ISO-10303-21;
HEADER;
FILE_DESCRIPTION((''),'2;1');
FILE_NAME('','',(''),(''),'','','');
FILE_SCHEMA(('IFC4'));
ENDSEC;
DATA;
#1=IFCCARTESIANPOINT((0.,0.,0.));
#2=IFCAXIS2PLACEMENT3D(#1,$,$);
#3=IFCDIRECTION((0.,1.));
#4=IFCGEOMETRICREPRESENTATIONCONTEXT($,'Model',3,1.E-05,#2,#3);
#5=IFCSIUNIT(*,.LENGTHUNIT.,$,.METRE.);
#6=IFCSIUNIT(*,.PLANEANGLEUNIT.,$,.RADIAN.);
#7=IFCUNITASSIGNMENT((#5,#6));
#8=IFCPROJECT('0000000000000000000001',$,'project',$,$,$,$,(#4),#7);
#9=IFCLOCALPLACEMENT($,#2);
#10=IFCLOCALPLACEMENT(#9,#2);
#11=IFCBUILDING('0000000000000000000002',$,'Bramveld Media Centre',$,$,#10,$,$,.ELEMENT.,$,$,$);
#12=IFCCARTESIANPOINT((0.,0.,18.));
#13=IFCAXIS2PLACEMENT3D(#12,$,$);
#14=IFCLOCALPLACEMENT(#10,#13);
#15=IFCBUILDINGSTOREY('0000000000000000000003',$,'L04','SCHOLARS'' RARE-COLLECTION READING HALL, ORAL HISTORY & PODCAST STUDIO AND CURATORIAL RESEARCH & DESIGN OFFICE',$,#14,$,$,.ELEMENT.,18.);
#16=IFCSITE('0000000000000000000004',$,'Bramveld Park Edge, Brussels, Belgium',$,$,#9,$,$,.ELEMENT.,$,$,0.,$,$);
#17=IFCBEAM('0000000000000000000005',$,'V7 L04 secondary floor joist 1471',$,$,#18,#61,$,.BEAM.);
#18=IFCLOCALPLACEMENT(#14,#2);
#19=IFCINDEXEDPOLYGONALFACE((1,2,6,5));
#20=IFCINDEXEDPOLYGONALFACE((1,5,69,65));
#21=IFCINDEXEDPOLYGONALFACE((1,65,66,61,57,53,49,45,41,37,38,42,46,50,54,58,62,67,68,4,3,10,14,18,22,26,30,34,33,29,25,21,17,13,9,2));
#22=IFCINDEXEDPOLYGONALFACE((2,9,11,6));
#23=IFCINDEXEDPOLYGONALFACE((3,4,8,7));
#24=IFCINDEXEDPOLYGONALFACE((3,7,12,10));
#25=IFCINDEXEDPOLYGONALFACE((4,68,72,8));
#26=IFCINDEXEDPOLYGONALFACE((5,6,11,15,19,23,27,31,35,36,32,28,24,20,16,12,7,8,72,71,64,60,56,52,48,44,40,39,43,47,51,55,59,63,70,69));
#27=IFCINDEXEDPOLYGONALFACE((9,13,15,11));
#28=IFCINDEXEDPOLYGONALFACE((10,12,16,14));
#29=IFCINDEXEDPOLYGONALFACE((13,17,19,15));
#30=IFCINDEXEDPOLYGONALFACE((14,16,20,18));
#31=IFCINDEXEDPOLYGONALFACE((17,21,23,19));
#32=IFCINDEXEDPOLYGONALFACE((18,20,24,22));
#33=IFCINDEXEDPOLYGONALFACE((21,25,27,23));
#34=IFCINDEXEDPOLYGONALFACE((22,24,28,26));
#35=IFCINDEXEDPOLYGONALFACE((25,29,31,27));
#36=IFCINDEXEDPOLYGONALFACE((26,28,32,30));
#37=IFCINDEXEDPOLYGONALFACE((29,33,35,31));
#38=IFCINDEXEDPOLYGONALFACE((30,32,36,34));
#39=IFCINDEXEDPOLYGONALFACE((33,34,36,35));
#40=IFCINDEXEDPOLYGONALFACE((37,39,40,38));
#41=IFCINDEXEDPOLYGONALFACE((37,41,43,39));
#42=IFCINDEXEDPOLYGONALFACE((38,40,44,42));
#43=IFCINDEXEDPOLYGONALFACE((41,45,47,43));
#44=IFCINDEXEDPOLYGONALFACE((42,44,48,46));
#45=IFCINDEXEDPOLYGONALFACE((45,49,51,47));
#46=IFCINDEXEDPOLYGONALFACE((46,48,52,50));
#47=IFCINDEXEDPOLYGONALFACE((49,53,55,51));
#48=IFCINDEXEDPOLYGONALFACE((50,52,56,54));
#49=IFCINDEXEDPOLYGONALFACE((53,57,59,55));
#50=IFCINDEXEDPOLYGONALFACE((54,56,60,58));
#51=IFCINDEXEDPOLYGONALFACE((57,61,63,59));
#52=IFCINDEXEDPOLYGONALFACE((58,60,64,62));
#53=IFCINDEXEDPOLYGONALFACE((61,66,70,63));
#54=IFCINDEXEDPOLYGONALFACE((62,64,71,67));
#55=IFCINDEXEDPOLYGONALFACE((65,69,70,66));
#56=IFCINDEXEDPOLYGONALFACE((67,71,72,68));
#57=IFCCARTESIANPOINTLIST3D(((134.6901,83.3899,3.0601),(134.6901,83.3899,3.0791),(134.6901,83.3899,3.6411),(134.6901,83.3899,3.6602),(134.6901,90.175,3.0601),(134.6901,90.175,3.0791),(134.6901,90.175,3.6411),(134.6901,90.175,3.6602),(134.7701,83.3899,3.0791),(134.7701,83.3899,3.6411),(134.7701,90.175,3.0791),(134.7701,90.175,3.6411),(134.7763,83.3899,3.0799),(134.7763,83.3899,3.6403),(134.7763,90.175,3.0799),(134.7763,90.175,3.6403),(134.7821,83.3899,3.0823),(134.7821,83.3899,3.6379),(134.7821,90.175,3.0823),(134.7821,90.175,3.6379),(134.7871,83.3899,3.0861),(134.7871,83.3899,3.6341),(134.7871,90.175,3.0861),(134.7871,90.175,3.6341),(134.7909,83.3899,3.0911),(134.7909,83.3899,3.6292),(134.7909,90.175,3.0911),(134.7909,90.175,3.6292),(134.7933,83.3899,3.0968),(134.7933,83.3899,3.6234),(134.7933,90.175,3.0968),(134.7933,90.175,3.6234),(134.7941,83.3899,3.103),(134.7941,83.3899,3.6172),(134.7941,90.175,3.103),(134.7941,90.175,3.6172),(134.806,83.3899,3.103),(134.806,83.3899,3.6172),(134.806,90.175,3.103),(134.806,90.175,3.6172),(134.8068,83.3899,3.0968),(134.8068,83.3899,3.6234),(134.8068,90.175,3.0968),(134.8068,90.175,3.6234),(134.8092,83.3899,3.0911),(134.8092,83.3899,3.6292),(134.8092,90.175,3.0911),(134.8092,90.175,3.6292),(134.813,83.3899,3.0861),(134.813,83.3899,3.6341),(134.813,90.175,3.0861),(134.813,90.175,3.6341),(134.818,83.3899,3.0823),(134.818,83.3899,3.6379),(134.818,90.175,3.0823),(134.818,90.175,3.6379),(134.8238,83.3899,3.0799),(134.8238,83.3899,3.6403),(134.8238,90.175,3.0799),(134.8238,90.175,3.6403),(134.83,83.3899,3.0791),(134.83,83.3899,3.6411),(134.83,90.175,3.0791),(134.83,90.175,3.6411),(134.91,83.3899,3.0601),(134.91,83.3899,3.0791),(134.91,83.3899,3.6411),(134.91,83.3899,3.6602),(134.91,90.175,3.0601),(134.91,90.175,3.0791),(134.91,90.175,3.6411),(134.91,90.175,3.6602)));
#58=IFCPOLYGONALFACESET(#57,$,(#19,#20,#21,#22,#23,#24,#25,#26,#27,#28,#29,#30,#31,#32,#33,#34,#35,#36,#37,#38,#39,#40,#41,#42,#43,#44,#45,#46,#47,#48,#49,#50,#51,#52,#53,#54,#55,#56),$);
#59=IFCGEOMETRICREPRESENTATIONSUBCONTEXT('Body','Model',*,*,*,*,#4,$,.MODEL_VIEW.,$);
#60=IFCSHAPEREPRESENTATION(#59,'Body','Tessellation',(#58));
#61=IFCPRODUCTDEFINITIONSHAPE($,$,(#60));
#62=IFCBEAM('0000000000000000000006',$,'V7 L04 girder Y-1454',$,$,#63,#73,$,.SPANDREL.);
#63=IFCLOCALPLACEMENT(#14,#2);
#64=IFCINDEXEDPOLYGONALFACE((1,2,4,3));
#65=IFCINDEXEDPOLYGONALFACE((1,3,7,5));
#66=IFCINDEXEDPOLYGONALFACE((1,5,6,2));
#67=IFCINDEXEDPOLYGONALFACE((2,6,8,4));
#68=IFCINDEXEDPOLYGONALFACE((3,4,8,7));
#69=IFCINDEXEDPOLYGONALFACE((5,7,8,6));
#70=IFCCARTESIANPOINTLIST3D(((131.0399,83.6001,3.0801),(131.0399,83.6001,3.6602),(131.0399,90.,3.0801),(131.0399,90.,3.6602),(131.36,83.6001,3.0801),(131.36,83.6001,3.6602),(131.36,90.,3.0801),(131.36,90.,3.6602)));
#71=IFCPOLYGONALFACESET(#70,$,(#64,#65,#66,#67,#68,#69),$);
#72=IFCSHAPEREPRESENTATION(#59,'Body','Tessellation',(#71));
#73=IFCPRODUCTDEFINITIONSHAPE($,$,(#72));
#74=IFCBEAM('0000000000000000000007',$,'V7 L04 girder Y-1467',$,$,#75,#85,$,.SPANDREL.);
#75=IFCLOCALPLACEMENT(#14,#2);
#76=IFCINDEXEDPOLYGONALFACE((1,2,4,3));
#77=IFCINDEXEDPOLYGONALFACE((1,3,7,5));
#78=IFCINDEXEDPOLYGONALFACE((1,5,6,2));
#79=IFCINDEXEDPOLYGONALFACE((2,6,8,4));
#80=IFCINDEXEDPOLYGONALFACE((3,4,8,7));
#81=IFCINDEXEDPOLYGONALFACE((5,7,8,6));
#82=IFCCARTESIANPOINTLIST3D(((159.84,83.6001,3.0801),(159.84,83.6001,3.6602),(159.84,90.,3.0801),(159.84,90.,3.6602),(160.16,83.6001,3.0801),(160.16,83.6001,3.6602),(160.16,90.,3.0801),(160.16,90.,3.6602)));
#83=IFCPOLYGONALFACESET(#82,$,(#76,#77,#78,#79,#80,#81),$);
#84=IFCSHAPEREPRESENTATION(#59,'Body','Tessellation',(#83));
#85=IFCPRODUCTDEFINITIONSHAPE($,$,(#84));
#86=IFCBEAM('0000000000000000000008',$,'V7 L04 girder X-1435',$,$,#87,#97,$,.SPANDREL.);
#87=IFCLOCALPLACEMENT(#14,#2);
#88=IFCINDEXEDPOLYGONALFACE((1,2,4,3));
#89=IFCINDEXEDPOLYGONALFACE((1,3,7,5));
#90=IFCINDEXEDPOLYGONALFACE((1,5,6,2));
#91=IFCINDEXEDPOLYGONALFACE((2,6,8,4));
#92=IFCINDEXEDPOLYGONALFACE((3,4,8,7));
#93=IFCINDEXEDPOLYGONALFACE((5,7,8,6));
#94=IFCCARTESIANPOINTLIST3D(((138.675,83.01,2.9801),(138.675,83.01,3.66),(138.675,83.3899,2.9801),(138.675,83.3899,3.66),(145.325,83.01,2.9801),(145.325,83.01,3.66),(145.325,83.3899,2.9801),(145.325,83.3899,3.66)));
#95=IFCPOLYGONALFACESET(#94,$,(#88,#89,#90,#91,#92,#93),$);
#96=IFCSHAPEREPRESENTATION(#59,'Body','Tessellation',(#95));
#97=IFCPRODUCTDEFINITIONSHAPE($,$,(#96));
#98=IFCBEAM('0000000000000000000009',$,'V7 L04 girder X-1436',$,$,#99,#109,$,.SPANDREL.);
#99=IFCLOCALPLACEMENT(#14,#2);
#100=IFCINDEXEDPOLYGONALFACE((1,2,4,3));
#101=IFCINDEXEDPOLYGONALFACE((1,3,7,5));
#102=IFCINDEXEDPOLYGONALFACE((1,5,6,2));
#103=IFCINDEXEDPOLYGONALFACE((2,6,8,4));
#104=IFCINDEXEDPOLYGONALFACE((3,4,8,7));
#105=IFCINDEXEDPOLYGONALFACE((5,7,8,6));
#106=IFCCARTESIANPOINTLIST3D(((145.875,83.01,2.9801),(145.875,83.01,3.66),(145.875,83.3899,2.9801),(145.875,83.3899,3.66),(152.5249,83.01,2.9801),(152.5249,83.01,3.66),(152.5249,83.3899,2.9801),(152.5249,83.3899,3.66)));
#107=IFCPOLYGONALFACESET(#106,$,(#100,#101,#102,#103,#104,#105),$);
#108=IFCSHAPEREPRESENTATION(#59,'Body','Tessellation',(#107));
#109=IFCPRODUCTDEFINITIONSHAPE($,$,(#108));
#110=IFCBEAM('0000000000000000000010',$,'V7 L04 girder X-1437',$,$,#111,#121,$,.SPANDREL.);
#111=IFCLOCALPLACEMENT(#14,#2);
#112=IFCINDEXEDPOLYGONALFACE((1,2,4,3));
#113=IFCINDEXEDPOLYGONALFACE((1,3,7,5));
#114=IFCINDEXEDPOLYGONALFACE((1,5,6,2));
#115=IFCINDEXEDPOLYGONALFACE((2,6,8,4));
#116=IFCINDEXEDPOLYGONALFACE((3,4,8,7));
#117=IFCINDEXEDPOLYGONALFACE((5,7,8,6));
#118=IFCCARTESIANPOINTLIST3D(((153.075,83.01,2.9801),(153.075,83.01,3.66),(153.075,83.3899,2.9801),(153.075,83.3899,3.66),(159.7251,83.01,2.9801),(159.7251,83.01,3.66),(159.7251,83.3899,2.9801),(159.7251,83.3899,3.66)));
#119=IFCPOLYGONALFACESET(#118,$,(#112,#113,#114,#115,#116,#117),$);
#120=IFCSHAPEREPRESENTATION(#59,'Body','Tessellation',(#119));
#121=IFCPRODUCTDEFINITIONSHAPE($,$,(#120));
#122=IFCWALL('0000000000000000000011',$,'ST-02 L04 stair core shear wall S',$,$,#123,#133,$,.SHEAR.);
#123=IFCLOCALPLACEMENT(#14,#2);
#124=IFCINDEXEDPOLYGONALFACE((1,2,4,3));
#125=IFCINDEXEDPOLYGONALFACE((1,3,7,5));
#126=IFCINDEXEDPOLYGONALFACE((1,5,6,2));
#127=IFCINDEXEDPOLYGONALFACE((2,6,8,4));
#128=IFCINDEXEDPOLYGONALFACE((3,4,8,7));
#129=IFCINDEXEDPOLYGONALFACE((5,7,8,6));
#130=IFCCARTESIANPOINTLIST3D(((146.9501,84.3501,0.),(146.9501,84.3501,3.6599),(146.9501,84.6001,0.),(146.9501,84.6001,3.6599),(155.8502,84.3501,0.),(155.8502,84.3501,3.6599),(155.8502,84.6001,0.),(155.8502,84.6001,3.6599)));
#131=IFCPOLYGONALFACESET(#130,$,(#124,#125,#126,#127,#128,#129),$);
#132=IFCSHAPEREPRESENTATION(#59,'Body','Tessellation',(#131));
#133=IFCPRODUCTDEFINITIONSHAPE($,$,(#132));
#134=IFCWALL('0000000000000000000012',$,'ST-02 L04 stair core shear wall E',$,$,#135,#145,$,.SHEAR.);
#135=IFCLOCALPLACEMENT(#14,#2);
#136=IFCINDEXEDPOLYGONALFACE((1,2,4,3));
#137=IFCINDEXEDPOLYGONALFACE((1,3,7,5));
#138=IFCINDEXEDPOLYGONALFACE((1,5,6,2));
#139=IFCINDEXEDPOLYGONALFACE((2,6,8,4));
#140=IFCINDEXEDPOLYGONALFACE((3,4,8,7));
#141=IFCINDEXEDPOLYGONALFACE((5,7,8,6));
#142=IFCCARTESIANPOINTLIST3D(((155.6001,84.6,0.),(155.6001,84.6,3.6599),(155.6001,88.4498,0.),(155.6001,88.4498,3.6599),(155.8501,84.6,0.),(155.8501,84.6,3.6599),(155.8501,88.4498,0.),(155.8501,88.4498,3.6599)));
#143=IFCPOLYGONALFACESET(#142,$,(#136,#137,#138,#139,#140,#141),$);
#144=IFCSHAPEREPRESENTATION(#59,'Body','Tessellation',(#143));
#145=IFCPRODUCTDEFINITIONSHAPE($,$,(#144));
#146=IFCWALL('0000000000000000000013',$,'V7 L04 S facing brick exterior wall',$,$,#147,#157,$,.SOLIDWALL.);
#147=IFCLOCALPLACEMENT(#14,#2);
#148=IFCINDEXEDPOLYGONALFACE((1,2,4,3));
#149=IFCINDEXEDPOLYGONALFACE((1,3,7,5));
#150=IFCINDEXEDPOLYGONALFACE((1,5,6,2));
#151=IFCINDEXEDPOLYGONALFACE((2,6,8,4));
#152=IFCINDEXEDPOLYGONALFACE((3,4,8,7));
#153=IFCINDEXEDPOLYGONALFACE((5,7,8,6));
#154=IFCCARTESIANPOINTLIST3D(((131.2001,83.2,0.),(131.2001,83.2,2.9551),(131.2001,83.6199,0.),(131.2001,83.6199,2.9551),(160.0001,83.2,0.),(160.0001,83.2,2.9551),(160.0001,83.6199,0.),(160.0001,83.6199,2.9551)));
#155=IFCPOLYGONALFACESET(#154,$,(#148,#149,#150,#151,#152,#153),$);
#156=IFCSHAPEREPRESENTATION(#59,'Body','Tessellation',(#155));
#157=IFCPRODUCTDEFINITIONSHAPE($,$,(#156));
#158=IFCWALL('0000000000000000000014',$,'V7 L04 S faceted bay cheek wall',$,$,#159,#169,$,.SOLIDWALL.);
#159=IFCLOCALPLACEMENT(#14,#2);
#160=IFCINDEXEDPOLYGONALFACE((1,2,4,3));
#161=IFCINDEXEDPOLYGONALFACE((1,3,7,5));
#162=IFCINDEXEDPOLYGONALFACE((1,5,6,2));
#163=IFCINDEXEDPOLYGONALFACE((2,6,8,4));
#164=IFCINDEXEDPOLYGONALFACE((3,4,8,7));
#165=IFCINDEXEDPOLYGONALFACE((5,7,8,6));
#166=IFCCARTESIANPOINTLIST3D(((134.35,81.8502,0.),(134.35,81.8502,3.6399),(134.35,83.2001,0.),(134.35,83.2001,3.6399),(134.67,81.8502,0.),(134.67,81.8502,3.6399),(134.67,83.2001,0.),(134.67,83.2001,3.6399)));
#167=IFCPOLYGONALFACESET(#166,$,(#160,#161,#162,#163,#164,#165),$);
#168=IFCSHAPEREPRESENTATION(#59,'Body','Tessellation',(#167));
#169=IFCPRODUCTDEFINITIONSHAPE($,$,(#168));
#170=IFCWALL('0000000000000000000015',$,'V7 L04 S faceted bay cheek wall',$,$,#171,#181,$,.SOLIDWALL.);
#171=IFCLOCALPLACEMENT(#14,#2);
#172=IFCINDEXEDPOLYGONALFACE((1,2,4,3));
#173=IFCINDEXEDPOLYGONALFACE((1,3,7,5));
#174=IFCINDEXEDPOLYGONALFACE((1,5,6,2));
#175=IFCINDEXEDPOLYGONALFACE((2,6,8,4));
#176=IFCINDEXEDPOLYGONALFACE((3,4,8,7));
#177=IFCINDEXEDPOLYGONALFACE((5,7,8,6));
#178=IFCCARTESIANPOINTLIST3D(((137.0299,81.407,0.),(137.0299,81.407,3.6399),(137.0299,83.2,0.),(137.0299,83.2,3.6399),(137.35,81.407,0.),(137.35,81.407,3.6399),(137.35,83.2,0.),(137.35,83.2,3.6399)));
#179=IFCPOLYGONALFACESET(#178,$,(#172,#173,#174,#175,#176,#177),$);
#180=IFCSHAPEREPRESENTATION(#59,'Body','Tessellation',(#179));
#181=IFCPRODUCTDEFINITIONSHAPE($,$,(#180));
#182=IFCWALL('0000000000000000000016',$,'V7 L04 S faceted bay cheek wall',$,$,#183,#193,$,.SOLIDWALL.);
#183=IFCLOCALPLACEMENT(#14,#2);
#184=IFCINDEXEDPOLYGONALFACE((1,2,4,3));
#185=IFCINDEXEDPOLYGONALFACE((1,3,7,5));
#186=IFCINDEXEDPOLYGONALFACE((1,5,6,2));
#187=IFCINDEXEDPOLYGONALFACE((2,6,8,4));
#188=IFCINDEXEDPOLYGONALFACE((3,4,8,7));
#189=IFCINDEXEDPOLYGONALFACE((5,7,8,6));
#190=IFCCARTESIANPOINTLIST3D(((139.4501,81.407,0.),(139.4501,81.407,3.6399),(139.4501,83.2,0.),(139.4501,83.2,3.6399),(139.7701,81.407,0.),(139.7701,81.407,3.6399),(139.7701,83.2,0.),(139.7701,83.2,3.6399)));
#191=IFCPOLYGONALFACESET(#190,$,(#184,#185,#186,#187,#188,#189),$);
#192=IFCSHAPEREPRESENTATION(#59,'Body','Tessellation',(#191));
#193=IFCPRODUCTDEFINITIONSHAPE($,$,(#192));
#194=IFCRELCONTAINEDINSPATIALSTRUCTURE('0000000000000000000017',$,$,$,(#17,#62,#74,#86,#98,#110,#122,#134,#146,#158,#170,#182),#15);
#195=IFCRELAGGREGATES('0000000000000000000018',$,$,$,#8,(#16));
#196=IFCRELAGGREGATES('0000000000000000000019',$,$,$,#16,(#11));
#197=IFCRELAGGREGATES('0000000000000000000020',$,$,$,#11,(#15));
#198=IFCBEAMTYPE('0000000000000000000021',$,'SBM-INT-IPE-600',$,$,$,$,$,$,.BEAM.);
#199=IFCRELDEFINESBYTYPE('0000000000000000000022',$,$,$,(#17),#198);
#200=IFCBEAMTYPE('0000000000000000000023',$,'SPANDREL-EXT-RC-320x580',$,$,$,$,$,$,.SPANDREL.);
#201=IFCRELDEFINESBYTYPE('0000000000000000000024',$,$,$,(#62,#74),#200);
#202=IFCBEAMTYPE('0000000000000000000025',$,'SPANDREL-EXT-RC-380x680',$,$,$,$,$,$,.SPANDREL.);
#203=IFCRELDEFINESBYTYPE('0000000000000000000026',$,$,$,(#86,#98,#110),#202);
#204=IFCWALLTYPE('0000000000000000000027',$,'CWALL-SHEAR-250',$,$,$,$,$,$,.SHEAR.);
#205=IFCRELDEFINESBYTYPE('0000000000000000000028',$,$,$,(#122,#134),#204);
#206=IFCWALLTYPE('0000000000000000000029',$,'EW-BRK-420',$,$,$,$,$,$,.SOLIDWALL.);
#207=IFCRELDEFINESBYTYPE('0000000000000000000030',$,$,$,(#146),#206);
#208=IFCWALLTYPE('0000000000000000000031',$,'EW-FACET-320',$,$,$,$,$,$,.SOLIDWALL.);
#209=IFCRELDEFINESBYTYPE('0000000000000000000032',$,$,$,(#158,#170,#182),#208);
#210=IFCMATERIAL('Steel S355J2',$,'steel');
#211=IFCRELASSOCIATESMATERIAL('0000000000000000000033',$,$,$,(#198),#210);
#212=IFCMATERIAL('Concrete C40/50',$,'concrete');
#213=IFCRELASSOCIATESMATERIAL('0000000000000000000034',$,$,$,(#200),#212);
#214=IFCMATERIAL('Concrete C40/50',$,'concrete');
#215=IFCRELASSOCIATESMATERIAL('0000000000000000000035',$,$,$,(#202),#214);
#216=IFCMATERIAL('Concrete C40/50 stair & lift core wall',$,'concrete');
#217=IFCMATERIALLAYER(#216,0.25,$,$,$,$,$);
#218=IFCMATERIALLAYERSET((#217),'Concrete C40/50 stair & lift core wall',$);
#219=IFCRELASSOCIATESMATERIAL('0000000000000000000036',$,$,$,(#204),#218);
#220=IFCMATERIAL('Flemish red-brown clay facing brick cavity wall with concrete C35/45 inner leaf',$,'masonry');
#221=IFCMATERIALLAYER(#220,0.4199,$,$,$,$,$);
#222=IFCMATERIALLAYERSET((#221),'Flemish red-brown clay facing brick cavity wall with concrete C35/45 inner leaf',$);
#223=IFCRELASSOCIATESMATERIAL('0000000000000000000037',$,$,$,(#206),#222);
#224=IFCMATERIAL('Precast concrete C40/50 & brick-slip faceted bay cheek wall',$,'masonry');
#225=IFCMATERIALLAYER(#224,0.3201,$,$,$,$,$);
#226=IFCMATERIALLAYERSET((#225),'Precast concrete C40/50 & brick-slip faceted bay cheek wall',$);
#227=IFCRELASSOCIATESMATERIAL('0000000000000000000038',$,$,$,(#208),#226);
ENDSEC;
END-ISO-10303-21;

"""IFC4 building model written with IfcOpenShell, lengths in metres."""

from ifc_helpers import new_model, si_unit, direction, frame, frame_2d, origin, origin_2d, place, context, subcontext, project, spatial, rectangle, i_section, extrude, material, layer, layer_set, material_profile, profile_set, type_object, element, save


model = new_model("IFC4")

# Units and contexts
model_context = context("Model", 3, precision=1e-05, world=origin(), true_north=direction((0.0, 1.0)))
body_context = subcontext(model_context, "Body", "Model", "MODEL_VIEW")
ifc_project = project(units=[si_unit("LENGTHUNIT", "METRE"), si_unit("PLANEANGLEUNIT", "RADIAN")], contexts=[model_context])

# Site, building, storey
site_placement = place(None, origin())
site = spatial("IfcSite", under=ifc_project, at=site_placement, Name="Bramveld Park Edge, Brussels, Belgium", CompositionType="ELEMENT", RefElevation=0.0)
building_placement = place(site_placement, origin())
building = spatial("IfcBuilding", under=site, at=building_placement, Name="Bramveld Media Centre", CompositionType="ELEMENT")
storey_placement = place(building_placement, frame((0.0, 0.0, 18.0)))
storey = spatial("IfcBuildingStorey", under=building, at=storey_placement, Name="L04", Description="SCHOLARS' RARE-COLLECTION READING HALL, ORAL HISTORY & PODCAST STUDIO AND CURATORIAL RESEARCH & DESIGN OFFICE", CompositionType="ELEMENT", Elevation=18.0)

# Beams
ifc_material_1 = material(Name="Steel S355J2", Category="steel")
ifc_material_profile_1 = material_profile(ifc_material_1, i_section(OverallWidth=0.22, OverallDepth=0.6001, WebThickness=0.012, FlangeThickness=0.019, FilletRadius=0.0239, at=origin_2d()), Name="IPE 600")
ifc_profile_set_1 = profile_set([ifc_material_profile_1], Name="Steel S355J2")
beam_type_1 = type_object("IfcBeamType", Name="SBM-INT-IPE-600", PredefinedType="BEAM", material=ifc_profile_set_1)
beam_1_placement = place(storey_placement, frame((134.8, 83.3899, 3.3601), z_axis=(0.0, 1.0, 0.0), x_axis=(-1.0, 0.0, 0.0)))
element("IfcBeam", 1, at=beam_1_placement, inside=storey, type_object=beam_type_1, Name="V7 L04 secondary floor joist 1471", PredefinedType="BEAM", context=body_context, shape_type="SweptSolid", body=[
    extrude(i_section(OverallWidth=0.22, OverallDepth=0.6001, WebThickness=0.012, FlangeThickness=0.019, FilletRadius=0.0239, at=origin_2d()), origin(), (0.0, 0.0, 1.0), 6.7852),
])
ifc_material_2 = material(Name="Concrete C40/50", Category="concrete")
ifc_material_profile_2 = material_profile(ifc_material_2, rectangle(XDim=0.3201, YDim=0.5801, at=origin_2d()), Name="RC 320x580")
ifc_profile_set_2 = profile_set([ifc_material_profile_2], Name="Concrete C40/50")
beam_type_2 = type_object("IfcBeamType", Name="SPANDREL-EXT-RC-320x580", PredefinedType="SPANDREL", material=ifc_profile_set_2)
for number, where, z_axis, x_axis, name in (
    (2, (131.2, 83.6001, 3.3701), (0.0, 1.0, 0.0), (-1.0, 0.0, 0.0), "V7 L04 girder Y-1454"),
    (3, (160.0, 83.6001, 3.3701), (0.0, 1.0, 0.0), (-1.0, 0.0, 0.0), "V7 L04 girder Y-1467"),
):
    element("IfcBeam", number, at=place(storey_placement, frame(where, z_axis=z_axis, x_axis=x_axis)), inside=storey, type_object=beam_type_2, Name=name, PredefinedType="SPANDREL", context=body_context, shape_type="SweptSolid", body=[
        extrude(rectangle(XDim=0.3201, YDim=0.5801, at=origin_2d()), origin(), (0.0, 0.0, 1.0), 6.3999),
    ])
ifc_material_3 = material(Name="Concrete C40/50", Category="concrete")
ifc_material_profile_3 = material_profile(ifc_material_3, rectangle(XDim=0.3799, YDim=0.6799, at=origin_2d()), Name="RC 380x680")
ifc_profile_set_3 = profile_set([ifc_material_profile_3], Name="Concrete C40/50")
beam_type_3 = type_object("IfcBeamType", Name="SPANDREL-EXT-RC-380x680", PredefinedType="SPANDREL", material=ifc_profile_set_3)
for number, where, z_axis, x_axis, name in (
    (4, (138.675, 83.2, 3.3201), (1.0, 0.0, 0.0), (0.0, 1.0, 0.0), "V7 L04 girder X-1435"),
    (5, (145.875, 83.2, 3.3201), (1.0, 0.0, 0.0), (0.0, 1.0, 0.0), "V7 L04 girder X-1436"),
):
    element("IfcBeam", number, at=place(storey_placement, frame(where, z_axis=z_axis, x_axis=x_axis)), inside=storey, type_object=beam_type_3, Name=name, PredefinedType="SPANDREL", context=body_context, shape_type="SweptSolid", body=[
        extrude(rectangle(XDim=0.3799, YDim=0.6799, at=origin_2d()), origin(), (0.0, 0.0, 1.0), 6.6499),
    ])
beam_2_placement = place(storey_placement, frame((153.075, 83.2, 3.3201), z_axis=(1.0, 0.0, 0.0), x_axis=(0.0, 1.0, 0.0)))
element("IfcBeam", 6, at=beam_2_placement, inside=storey, type_object=beam_type_3, Name="V7 L04 girder X-1437", PredefinedType="SPANDREL", context=body_context, shape_type="SweptSolid", body=[
    extrude(rectangle(XDim=0.3799, YDim=0.6799, at=origin_2d()), origin(), (0.0, 0.0, 1.0), 6.6501),
])

# Walls
ifc_material_4 = material(Name="Concrete C40/50 stair & lift core wall", Category="concrete")
ifc_layer_1 = layer(ifc_material_4, 0.25)
ifc_layer_set_1 = layer_set([ifc_layer_1], Name="Concrete C40/50 stair & lift core wall")
wall_type_1 = type_object("IfcWallType", Name="CWALL-SHEAR-250", PredefinedType="SHEAR", material=ifc_layer_set_1)
wall_1_placement = place(storey_placement, frame((146.95, 84.4751, 0.0), z_axis=(0.0, 0.0, 1.0), x_axis=(1.0, 0.0, 0.0)))
element("IfcWall", 7, at=wall_1_placement, inside=storey, type_object=wall_type_1, Name="ST-02 L04 stair core shear wall S", PredefinedType="SHEAR", context=body_context, shape_type="SweptSolid", body=[
    extrude(rectangle(XDim=8.9001, YDim=0.25, at=frame_2d((4.4502, 0.0))), origin(), (0.0, 0.0, 1.0), 3.6599),
])
wall_2_placement = place(storey_placement, frame((155.7251, 84.6001, 0.0), z_axis=(0.0, 0.0, 1.0), x_axis=(0.0, 1.0, 0.0)))
element("IfcWall", 8, at=wall_2_placement, inside=storey, type_object=wall_type_1, Name="ST-02 L04 stair core shear wall E", PredefinedType="SHEAR", context=body_context, shape_type="SweptSolid", body=[
    extrude(rectangle(XDim=3.8499, YDim=0.25, at=frame_2d((1.9248, 0.0))), origin(), (0.0, 0.0, 1.0), 3.6599),
])
ifc_material_5 = material(Name="Flemish red-brown clay facing brick cavity wall with concrete C35/45 inner leaf", Category="masonry")
ifc_layer_2 = layer(ifc_material_5, 0.4199)
ifc_layer_set_2 = layer_set([ifc_layer_2], Name="Flemish red-brown clay facing brick cavity wall with concrete C35/45 inner leaf")
wall_type_2 = type_object("IfcWallType", Name="EW-BRK-420", PredefinedType="SOLIDWALL", material=ifc_layer_set_2)
wall_3_placement = place(storey_placement, frame((160.0, 83.4099, 0.0), z_axis=(0.0, 0.0, 1.0), x_axis=(-1.0, 0.0, 0.0)))
element("IfcWall", 9, at=wall_3_placement, inside=storey, type_object=wall_type_2, Name="V7 L04 S facing brick exterior wall", PredefinedType="SOLIDWALL", context=body_context, shape_type="SweptSolid", body=[
    extrude(rectangle(XDim=28.8, YDim=0.4199, at=frame_2d((14.3999, 0.0))), origin(), (0.0, 0.0, 1.0), 2.9551),
])
ifc_material_6 = material(Name="Precast concrete C40/50 & brick-slip faceted bay cheek wall", Category="masonry")
ifc_layer_3 = layer(ifc_material_6, 0.3201)
ifc_layer_set_3 = layer_set([ifc_layer_3], Name="Precast concrete C40/50 & brick-slip faceted bay cheek wall")
wall_type_3 = type_object("IfcWallType", Name="EW-FACET-320", PredefinedType="SOLIDWALL", material=ifc_layer_set_3)
wall_4_placement = place(storey_placement, frame((134.51, 83.2, 0.0), z_axis=(0.0, 0.0, 1.0), x_axis=(0.0, -1.0, 0.0)))
element("IfcWall", 10, at=wall_4_placement, inside=storey, type_object=wall_type_3, Name="V7 L04 S faceted bay cheek wall", PredefinedType="SOLIDWALL", context=body_context, shape_type="SweptSolid", body=[
    extrude(rectangle(XDim=1.3499, YDim=0.3201, at=frame_2d((0.6748, 0.0))), origin(), (0.0, 0.0, 1.0), 3.6399),
])
for number, where, z_axis, x_axis, name in (
    (11, (137.1899, 83.2, 0.0), (0.0, 0.0, 1.0), (0.0, -1.0, 0.0), "V7 L04 S faceted bay cheek wall"),
    (12, (139.6101, 83.2, 0.0), (0.0, 0.0, 1.0), (0.0, -1.0, 0.0), "V7 L04 S faceted bay cheek wall"),
):
    element("IfcWall", number, at=place(storey_placement, frame(where, z_axis=z_axis, x_axis=x_axis)), inside=storey, type_object=wall_type_3, Name=name, PredefinedType="SOLIDWALL", context=body_context, shape_type="SweptSolid", body=[
        extrude(rectangle(XDim=1.793, YDim=0.3201, at=frame_2d((0.8965, 0.0))), origin(), (0.0, 0.0, 1.0), 3.6399),
    ])

save(model, "model.ifc")
